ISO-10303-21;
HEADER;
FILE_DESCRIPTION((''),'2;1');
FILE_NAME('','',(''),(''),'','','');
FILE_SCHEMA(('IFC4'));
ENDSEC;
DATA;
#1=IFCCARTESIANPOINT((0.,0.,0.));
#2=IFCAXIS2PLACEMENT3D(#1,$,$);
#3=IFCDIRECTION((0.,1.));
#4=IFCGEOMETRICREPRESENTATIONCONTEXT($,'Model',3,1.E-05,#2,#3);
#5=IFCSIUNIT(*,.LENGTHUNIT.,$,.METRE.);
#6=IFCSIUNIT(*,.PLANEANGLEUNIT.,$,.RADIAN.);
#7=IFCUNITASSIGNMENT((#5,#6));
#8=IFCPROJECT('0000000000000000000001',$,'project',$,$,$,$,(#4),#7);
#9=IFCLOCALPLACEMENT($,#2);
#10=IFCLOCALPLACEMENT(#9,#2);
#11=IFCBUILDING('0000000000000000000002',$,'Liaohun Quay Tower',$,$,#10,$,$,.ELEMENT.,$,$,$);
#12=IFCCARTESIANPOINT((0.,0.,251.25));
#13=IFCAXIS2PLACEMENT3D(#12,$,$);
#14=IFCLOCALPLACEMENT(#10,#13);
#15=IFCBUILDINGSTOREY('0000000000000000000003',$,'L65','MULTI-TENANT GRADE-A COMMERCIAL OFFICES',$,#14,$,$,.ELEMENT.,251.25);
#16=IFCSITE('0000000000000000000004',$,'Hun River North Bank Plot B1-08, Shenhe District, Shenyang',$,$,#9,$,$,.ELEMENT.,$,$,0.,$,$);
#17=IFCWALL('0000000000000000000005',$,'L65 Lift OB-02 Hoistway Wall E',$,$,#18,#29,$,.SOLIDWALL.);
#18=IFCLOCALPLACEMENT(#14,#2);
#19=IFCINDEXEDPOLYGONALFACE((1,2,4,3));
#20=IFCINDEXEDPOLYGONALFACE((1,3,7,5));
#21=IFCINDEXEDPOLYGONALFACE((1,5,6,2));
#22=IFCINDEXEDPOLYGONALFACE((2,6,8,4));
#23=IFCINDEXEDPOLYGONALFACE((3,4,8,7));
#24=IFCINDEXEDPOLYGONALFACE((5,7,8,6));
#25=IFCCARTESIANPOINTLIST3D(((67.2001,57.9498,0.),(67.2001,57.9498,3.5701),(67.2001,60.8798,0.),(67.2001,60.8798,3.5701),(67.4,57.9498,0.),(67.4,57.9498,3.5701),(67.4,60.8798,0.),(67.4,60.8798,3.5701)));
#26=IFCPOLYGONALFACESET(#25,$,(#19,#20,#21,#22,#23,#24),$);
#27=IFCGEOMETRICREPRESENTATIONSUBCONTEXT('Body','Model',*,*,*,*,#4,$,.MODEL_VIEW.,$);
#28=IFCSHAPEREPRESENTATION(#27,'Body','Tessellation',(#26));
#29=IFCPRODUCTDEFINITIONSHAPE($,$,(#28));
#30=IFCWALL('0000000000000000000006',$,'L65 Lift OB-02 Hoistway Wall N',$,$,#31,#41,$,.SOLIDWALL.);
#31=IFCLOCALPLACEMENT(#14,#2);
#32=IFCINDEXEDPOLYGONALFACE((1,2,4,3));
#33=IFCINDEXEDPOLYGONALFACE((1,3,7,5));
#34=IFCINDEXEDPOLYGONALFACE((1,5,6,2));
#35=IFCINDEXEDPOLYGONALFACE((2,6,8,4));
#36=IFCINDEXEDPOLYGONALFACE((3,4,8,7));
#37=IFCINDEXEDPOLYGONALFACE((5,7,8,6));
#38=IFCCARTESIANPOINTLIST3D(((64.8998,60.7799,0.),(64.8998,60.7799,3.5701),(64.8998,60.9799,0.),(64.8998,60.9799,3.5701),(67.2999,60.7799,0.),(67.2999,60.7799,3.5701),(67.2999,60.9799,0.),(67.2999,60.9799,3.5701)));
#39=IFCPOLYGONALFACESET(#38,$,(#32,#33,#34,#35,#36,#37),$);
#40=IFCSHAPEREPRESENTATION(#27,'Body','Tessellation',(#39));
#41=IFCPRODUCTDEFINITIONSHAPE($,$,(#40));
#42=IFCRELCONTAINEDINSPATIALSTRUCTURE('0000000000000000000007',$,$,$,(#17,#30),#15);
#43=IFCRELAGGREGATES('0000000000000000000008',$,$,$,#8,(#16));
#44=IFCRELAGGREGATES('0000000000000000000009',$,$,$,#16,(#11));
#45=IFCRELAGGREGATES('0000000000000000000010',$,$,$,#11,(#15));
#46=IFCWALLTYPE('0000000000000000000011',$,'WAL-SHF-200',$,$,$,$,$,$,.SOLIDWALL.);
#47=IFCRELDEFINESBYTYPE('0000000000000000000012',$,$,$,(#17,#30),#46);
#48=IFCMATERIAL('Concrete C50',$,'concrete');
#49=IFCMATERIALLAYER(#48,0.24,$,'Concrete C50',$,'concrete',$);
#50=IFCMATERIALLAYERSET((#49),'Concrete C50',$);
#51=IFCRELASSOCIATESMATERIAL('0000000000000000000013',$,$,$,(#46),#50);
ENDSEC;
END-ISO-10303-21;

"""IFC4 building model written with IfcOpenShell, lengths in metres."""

from ifc_helpers import new_model, si_unit, direction, frame, frame_2d, origin, place, context, subcontext, project, spatial, rectangle, extrude, material, layer, layer_set, type_object, element, save


model = new_model("IFC4")

# Units and contexts
model_context = context("Model", 3, precision=1e-05, world=origin(), true_north=direction((0.0, 1.0)))
body_context = subcontext(model_context, "Body", "Model", "MODEL_VIEW")
ifc_project = project(units=[si_unit("LENGTHUNIT", "METRE"), si_unit("PLANEANGLEUNIT", "RADIAN")], contexts=[model_context])

# Site, building, storey
site_placement = place(None, origin())
site = spatial("IfcSite", under=ifc_project, at=site_placement, Name="Hun River North Bank Plot B1-08, Shenhe District, Shenyang", CompositionType="ELEMENT", RefElevation=0.0)
building_placement = place(site_placement, origin())
building = spatial("IfcBuilding", under=site, at=building_placement, Name="Liaohun Quay Tower", CompositionType="ELEMENT")
storey_placement = place(building_placement, frame((0.0, 0.0, 251.25)))
storey = spatial("IfcBuildingStorey", under=building, at=storey_placement, Name="L65", Description="MULTI-TENANT GRADE-A COMMERCIAL OFFICES", CompositionType="ELEMENT", Elevation=251.25)

# Walls
ifc_material_1 = material(Name="Concrete C50", Category="concrete")
ifc_layer_1 = layer(ifc_material_1, 0.24, Name="Concrete C50", Category="concrete")
ifc_layer_set_1 = layer_set([ifc_layer_1], Name="Concrete C50")
wall_type_1 = type_object("IfcWallType", Name="WAL-SHF-200", PredefinedType="SOLIDWALL", material=ifc_layer_set_1)
wall_1_placement = place(storey_placement, frame((67.3, 57.95, 0.0), z_axis=(0.0, 0.0, 1.0), x_axis=(0.0, 1.0, 0.0)))
element("IfcWall", 1, at=wall_1_placement, inside=storey, type_object=wall_type_1, Name="L65 Lift OB-02 Hoistway Wall E", PredefinedType="SOLIDWALL", context=body_context, shape_type="SweptSolid", body=[
    extrude(rectangle(XDim=2.9299, YDim=0.2, at=frame_2d((1.4648, 0.0))), origin(), (0.0, 0.0, 1.0), 3.5701),
])
wall_2_placement = place(storey_placement, frame((67.3, 60.8799, 0.0), z_axis=(0.0, 0.0, 1.0), x_axis=(-1.0, 0.0, 0.0)))
element("IfcWall", 2, at=wall_2_placement, inside=storey, type_object=wall_type_1, Name="L65 Lift OB-02 Hoistway Wall N", PredefinedType="SOLIDWALL", context=body_context, shape_type="SweptSolid", body=[
    extrude(rectangle(XDim=2.4001, YDim=0.2, at=frame_2d((1.2002, 0.0))), origin(), (0.0, 0.0, 1.0), 3.5701),
])

save(model, "model.ifc")
